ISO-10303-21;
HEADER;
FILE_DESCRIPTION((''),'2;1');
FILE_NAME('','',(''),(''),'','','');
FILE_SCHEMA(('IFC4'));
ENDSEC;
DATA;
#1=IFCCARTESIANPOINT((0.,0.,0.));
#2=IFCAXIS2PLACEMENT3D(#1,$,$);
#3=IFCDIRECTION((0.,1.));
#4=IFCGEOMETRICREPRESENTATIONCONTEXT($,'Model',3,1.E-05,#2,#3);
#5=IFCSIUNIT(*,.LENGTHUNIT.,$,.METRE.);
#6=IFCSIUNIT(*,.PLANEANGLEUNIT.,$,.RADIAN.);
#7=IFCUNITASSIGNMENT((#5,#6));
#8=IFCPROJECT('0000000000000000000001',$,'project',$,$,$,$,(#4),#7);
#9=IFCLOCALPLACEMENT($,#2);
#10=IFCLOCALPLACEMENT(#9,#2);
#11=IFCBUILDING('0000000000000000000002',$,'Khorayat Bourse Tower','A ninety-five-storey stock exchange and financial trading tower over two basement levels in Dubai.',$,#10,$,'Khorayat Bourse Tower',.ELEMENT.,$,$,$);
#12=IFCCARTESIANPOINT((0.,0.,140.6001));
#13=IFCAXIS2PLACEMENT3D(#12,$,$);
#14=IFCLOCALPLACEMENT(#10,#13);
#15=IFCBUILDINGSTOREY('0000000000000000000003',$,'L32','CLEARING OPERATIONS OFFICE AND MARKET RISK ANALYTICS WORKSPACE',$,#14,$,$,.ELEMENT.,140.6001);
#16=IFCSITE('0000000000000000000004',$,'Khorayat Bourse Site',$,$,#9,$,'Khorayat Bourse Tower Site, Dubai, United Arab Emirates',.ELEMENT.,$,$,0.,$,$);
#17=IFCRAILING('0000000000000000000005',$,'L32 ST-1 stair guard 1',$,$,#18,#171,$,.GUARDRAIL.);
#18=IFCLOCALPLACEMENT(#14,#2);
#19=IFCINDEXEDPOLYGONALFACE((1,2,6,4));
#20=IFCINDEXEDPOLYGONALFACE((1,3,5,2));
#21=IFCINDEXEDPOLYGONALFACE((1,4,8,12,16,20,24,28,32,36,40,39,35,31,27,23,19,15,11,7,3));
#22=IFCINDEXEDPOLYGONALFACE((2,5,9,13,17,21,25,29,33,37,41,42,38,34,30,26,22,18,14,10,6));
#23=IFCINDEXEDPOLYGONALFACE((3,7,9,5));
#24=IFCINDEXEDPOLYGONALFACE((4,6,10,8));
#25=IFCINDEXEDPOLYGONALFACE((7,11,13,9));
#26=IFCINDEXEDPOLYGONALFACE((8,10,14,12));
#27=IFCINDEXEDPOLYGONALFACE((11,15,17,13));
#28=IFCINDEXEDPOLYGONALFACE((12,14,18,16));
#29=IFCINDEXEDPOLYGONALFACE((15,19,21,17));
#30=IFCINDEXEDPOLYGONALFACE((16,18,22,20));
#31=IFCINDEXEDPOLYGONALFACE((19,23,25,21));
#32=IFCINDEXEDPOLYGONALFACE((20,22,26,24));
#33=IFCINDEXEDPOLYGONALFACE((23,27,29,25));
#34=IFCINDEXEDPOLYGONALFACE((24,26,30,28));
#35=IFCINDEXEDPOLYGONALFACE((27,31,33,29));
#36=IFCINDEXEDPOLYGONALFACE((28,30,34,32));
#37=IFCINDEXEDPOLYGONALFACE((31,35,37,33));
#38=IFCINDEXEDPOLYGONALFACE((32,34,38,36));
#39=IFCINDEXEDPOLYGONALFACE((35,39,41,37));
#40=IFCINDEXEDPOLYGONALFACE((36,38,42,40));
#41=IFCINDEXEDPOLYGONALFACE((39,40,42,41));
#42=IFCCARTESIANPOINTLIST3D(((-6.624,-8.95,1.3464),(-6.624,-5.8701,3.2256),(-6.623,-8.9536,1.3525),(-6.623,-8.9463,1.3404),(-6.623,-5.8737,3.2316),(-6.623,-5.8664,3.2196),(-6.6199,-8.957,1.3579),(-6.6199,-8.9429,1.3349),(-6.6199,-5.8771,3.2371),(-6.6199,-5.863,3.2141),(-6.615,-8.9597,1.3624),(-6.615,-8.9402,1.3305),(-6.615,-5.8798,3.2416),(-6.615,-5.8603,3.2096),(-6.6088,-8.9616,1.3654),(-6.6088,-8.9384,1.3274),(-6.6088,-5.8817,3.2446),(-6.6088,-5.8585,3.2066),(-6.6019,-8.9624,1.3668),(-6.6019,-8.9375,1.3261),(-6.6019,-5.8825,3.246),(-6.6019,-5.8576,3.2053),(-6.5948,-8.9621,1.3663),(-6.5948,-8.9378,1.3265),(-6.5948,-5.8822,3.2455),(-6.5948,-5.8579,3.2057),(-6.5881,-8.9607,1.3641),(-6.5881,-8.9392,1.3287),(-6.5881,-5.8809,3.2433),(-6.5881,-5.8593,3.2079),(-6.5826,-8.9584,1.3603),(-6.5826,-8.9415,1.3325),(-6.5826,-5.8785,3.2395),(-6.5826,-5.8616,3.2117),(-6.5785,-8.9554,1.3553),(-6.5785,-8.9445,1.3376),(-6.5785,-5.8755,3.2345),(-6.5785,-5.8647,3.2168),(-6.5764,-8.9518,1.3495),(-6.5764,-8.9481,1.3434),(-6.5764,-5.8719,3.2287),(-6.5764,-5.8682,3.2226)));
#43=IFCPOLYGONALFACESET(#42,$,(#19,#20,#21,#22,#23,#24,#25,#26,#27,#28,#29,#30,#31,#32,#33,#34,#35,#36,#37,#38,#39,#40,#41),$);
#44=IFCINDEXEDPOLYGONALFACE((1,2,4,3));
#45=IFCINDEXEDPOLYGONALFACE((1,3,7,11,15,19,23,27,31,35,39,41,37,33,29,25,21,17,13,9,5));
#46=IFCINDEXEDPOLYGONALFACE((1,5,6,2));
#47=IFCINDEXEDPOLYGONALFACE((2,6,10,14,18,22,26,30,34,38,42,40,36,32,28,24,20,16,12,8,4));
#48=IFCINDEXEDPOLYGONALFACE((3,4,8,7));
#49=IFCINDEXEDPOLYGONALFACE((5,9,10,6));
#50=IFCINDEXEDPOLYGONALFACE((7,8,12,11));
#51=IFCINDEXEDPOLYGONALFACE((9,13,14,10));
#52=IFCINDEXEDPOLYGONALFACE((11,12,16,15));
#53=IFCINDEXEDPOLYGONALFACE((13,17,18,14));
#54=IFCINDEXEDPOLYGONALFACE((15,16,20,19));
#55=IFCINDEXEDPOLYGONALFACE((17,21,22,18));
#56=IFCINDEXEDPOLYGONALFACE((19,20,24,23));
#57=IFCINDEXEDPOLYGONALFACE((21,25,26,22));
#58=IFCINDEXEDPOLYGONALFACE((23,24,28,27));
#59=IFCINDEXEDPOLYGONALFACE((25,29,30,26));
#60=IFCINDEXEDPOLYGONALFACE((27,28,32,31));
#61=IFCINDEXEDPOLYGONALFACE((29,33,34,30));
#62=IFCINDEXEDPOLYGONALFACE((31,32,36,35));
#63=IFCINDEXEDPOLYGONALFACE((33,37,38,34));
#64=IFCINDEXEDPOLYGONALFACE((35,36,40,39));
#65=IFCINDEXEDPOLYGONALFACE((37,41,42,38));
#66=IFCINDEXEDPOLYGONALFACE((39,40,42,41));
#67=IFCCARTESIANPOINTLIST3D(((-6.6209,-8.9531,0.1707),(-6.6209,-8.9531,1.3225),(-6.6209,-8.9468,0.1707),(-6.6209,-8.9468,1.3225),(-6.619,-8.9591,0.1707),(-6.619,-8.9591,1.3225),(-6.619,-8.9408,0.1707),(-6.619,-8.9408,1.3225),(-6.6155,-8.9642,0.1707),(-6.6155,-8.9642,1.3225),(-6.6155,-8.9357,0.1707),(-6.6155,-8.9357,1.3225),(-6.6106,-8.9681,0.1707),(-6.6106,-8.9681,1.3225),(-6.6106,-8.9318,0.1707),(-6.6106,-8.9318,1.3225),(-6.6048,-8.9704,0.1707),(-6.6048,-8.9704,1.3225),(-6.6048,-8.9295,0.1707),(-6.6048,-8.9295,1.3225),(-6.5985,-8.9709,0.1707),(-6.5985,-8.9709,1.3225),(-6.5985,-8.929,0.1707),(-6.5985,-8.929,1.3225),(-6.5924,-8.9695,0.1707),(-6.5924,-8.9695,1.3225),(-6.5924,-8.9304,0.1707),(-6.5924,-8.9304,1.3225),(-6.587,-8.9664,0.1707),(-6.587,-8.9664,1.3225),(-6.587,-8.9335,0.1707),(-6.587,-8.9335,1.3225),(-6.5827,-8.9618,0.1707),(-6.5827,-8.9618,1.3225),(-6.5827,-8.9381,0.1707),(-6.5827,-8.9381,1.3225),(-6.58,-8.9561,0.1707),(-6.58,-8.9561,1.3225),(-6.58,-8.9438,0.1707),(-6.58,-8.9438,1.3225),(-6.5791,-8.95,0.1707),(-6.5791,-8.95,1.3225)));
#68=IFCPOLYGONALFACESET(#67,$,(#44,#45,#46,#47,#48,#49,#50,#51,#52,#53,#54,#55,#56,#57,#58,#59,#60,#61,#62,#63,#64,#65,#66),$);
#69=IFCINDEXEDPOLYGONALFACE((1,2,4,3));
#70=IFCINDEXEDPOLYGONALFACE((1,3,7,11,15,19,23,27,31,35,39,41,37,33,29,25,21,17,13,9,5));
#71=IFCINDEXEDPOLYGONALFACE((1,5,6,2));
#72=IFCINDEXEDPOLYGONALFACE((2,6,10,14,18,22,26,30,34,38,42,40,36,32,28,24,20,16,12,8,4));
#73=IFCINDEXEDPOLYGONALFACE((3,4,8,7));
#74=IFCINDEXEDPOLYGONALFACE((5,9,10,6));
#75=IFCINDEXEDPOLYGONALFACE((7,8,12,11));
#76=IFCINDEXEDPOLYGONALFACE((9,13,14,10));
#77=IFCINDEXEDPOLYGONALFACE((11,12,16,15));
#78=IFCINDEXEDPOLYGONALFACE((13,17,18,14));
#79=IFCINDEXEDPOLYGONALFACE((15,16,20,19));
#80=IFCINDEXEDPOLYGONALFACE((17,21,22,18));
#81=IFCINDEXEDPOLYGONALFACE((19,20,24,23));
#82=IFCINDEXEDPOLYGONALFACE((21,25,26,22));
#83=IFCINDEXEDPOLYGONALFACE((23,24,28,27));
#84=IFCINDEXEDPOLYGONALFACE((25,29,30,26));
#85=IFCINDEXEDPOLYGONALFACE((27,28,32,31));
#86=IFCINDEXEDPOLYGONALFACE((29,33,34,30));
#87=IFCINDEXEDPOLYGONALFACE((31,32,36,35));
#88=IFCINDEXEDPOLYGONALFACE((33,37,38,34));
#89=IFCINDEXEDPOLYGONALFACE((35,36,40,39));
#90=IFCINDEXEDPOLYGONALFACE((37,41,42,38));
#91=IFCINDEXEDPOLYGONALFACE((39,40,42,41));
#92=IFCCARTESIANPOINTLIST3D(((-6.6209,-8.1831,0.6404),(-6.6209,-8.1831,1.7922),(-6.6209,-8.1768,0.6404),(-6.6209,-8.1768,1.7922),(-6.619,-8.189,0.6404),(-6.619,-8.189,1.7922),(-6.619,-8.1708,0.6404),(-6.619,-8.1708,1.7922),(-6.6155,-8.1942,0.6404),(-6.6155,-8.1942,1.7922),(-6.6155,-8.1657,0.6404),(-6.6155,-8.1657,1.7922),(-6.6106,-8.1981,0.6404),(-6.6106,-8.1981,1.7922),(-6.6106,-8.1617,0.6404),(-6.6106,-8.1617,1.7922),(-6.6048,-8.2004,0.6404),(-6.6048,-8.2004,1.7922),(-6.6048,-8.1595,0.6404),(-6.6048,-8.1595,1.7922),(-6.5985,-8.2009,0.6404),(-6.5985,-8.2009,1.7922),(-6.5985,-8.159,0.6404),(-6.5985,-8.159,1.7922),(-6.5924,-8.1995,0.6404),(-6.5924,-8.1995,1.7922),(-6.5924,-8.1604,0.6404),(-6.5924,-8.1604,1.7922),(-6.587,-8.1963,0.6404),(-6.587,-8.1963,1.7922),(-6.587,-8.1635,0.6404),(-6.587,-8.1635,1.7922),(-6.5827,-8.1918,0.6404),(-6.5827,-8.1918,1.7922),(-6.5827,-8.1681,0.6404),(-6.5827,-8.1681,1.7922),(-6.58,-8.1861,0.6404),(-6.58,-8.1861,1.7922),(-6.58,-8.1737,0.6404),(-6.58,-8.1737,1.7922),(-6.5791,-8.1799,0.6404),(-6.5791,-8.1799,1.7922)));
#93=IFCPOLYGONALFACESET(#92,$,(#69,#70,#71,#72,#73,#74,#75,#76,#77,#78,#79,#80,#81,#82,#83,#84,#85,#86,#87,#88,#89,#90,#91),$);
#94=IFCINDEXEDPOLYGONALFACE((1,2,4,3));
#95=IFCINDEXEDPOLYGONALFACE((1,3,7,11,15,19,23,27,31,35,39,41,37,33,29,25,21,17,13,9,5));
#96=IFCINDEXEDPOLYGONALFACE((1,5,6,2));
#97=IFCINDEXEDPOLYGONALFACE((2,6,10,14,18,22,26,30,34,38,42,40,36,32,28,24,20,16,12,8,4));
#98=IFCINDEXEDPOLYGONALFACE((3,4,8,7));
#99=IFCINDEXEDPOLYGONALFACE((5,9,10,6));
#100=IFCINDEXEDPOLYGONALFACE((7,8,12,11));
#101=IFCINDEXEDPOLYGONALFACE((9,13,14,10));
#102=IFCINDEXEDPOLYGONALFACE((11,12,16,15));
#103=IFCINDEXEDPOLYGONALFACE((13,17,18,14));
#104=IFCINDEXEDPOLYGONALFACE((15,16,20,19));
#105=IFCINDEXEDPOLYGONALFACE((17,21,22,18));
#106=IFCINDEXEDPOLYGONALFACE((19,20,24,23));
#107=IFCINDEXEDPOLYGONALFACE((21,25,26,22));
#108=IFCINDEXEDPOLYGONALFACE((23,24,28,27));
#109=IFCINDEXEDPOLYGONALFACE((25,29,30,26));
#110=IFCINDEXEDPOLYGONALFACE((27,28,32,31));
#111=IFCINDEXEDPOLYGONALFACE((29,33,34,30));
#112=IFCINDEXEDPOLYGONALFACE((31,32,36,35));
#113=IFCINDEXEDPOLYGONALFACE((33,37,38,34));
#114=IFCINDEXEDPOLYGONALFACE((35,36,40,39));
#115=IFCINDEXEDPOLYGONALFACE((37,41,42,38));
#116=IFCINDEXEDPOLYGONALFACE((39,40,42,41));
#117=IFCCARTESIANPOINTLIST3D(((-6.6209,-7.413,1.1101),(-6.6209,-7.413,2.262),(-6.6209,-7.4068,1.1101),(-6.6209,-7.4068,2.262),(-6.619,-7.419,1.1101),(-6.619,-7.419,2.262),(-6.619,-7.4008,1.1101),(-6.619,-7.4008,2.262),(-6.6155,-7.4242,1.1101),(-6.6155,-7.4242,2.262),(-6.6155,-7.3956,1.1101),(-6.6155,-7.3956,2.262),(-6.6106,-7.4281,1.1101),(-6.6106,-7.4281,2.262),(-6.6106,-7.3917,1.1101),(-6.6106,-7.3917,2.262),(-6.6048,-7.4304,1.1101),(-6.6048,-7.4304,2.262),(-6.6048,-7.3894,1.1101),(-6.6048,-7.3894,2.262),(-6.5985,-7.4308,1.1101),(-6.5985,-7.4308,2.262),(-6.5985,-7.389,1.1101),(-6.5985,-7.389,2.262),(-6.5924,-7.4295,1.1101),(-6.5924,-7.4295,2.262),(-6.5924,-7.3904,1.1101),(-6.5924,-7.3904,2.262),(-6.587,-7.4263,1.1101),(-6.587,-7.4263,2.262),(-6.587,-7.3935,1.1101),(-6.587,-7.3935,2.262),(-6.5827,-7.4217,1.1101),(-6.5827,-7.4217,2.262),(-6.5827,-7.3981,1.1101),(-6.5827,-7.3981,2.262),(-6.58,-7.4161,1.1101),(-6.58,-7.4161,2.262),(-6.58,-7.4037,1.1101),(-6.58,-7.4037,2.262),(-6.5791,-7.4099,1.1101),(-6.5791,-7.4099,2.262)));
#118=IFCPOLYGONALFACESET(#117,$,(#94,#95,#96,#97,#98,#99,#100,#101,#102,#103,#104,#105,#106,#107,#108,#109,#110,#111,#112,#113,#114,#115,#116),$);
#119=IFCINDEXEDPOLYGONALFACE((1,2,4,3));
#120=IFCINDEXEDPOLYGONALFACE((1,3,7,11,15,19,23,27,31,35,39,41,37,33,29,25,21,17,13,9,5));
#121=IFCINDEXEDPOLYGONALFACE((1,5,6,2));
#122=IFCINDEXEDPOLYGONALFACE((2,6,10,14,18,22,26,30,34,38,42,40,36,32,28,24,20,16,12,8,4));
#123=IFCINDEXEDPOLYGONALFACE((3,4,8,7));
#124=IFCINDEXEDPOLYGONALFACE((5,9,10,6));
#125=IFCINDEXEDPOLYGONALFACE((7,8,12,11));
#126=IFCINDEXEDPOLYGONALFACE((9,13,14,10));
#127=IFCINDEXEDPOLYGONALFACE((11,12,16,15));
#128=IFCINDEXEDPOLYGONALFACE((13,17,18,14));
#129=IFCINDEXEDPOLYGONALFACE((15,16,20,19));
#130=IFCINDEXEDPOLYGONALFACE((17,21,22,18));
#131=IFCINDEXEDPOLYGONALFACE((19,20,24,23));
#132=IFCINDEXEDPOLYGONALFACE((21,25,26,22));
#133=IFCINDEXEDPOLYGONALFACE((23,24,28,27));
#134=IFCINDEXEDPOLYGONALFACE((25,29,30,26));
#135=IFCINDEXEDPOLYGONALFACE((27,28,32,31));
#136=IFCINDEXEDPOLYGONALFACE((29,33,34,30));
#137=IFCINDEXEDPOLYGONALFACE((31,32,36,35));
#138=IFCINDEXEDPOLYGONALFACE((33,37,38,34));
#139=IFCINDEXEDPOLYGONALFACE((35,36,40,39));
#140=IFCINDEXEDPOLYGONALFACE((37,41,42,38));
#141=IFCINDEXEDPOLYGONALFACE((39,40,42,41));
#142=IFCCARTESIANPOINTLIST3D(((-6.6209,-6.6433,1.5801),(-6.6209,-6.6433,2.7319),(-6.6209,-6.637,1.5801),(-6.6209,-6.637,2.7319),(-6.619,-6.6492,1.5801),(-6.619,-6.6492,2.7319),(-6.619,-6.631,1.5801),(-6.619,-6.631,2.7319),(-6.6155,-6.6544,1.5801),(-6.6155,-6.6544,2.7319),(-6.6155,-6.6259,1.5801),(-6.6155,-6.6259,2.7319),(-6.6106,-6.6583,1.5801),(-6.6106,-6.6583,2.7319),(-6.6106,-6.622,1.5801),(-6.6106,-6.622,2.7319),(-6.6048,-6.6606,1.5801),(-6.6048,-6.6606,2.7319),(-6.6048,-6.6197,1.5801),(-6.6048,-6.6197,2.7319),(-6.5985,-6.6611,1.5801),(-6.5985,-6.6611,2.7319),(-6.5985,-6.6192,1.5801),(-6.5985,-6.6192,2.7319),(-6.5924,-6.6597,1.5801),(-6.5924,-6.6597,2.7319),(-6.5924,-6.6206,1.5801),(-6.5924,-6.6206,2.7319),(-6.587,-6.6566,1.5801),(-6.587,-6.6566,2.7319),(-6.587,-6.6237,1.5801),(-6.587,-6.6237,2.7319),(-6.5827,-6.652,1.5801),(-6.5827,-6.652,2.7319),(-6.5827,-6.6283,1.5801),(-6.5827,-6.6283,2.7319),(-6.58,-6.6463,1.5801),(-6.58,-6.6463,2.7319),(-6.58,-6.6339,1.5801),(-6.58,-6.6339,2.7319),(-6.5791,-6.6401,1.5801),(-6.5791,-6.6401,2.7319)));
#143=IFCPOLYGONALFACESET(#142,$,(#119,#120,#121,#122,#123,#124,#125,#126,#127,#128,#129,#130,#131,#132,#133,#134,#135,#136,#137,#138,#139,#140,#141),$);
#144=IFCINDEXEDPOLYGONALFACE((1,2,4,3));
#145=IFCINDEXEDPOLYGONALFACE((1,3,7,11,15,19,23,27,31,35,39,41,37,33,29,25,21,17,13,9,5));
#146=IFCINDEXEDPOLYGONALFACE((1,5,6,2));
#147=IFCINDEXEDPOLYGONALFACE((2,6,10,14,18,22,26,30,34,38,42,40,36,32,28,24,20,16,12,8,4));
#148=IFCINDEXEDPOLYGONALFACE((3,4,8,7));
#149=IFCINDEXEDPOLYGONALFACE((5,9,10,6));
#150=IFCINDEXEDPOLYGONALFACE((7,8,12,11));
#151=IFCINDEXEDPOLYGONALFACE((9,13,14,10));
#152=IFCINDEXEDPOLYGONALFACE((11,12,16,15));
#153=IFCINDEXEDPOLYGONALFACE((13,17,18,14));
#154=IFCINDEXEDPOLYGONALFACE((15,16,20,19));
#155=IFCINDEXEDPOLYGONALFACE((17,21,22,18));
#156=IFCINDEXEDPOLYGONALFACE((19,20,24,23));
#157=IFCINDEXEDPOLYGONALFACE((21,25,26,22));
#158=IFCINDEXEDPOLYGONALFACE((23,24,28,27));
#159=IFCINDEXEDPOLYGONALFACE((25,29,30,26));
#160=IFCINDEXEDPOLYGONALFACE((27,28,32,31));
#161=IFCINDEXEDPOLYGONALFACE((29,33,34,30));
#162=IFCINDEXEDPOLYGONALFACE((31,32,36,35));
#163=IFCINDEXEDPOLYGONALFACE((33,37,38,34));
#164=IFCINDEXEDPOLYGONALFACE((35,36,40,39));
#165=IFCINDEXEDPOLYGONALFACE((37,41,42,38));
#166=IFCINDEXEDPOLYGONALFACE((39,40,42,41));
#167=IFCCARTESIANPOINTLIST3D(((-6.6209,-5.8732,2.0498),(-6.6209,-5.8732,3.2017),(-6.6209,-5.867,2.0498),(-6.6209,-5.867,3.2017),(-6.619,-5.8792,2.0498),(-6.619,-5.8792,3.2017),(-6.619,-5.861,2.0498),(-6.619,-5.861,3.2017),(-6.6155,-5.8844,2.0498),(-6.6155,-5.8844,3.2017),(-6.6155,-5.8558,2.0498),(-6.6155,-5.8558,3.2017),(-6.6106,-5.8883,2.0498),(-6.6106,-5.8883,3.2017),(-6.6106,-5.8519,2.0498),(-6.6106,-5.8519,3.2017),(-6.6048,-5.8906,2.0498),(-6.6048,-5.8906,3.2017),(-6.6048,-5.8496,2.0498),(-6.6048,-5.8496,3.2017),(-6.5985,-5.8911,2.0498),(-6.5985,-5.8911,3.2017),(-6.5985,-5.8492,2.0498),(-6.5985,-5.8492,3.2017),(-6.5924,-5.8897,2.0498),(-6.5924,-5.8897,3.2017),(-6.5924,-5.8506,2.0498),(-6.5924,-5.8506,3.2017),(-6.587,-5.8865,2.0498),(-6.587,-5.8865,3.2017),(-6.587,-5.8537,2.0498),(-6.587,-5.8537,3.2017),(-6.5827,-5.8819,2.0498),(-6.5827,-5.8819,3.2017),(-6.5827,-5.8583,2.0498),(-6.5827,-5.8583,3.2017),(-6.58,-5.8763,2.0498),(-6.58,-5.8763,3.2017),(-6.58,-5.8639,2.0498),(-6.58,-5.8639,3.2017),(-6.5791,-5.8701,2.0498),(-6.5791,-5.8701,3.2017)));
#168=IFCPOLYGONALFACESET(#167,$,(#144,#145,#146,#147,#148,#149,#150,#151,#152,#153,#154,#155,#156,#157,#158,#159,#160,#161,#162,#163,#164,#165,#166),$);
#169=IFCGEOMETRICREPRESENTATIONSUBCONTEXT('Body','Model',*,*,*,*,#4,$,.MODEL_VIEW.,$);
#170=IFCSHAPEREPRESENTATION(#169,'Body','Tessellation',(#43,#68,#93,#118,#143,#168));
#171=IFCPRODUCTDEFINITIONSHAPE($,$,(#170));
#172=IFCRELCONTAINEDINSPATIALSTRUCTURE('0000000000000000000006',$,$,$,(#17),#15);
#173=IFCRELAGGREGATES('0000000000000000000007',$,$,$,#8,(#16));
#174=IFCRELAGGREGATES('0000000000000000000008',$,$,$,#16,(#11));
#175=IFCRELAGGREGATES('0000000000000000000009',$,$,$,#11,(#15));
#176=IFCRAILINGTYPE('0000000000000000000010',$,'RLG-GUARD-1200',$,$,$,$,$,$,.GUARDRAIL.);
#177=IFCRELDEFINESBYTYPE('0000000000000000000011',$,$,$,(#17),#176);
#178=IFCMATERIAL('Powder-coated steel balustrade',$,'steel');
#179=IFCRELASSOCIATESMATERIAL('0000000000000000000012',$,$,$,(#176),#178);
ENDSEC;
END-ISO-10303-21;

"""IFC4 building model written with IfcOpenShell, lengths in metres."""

from ifc_helpers import new_model, si_unit, direction, frame, origin, origin_2d, place, context, subcontext, project, spatial, circle, extrude, source, transform, mapped, material, type_object, element, save


model = new_model("IFC4")

# Units and contexts
model_context = context("Model", 3, precision=1e-05, world=origin(), true_north=direction((0.0, 1.0)))
body_context = subcontext(model_context, "Body", "Model", "MODEL_VIEW")
ifc_project = project(units=[si_unit("LENGTHUNIT", "METRE"), si_unit("PLANEANGLEUNIT", "RADIAN")], contexts=[model_context])

# Site, building, storey
site_placement = place(None, origin())
site = spatial("IfcSite", under=ifc_project, at=site_placement, Name="Khorayat Bourse Site", LongName="Khorayat Bourse Tower Site, Dubai, United Arab Emirates", CompositionType="ELEMENT", RefElevation=0.0)
building_placement = place(site_placement, origin())
building = spatial("IfcBuilding", under=site, at=building_placement, Name="Khorayat Bourse Tower", Description="A ninety-five-storey stock exchange and financial trading tower over two basement levels in Dubai.", LongName="Khorayat Bourse Tower", CompositionType="ELEMENT")
storey_placement = place(building_placement, frame((0.0, 0.0, 140.6001)))
storey = spatial("IfcBuildingStorey", under=building, at=storey_placement, Name="L32", Description="CLEARING OPERATIONS OFFICE AND MARKET RISK ANALYTICS WORKSPACE", CompositionType="ELEMENT", Elevation=140.6001)

# Railing
ifc_material_1 = material(Name="Powder-coated steel balustrade", Category="steel")
railing_type_1 = type_object("IfcRailingType", Name="RLG-GUARD-1200", PredefinedType="GUARDRAIL", material=ifc_material_1)
shared_shape_1 = source(origin(), body_context, "Body", "SweptSolid", [
    extrude(circle(Radius=0.0239, at=origin_2d()), frame((0.0, 0.0, 1.1758), z_axis=(0.0, 0.853648, 0.52085), x_axis=(-1.0, 0.0, 0.0)), (0.0, 0.0, 1.0), 3.6079),
    extrude(circle(Radius=0.021, at=origin_2d()), origin(), (0.0, 0.0, 1.0), 1.1519),
    extrude(circle(Radius=0.021, at=origin_2d()), frame((0.0, 0.77, 0.4697)), (0.0, 0.0, 1.0), 1.1519),
    extrude(circle(Radius=0.021, at=origin_2d()), frame((0.0, 1.54, 0.9395)), (0.0, 0.0, 1.0), 1.1519),
    extrude(circle(Radius=0.021, at=origin_2d()), frame((0.0, 2.3098, 1.4094)), (0.0, 0.0, 1.0), 1.1519),
    extrude(circle(Radius=0.021, at=origin_2d()), frame((0.0, 3.0798, 1.8792)), (0.0, 0.0, 1.0), 1.1519),
])
railing_1_placement = place(storey_placement, frame((-6.6001, -8.95, 0.1707)))
element("IfcRailing", 1, at=railing_1_placement, inside=storey, type_object=railing_type_1, Name="L32 ST-1 stair guard 1", PredefinedType="GUARDRAIL", context=body_context, shape_type="MappedRepresentation", body=[
    mapped(shared_shape_1, transform((0.0, 0.0, 0.0), scale=1.0)),
])

save(model, "model.ifc")
